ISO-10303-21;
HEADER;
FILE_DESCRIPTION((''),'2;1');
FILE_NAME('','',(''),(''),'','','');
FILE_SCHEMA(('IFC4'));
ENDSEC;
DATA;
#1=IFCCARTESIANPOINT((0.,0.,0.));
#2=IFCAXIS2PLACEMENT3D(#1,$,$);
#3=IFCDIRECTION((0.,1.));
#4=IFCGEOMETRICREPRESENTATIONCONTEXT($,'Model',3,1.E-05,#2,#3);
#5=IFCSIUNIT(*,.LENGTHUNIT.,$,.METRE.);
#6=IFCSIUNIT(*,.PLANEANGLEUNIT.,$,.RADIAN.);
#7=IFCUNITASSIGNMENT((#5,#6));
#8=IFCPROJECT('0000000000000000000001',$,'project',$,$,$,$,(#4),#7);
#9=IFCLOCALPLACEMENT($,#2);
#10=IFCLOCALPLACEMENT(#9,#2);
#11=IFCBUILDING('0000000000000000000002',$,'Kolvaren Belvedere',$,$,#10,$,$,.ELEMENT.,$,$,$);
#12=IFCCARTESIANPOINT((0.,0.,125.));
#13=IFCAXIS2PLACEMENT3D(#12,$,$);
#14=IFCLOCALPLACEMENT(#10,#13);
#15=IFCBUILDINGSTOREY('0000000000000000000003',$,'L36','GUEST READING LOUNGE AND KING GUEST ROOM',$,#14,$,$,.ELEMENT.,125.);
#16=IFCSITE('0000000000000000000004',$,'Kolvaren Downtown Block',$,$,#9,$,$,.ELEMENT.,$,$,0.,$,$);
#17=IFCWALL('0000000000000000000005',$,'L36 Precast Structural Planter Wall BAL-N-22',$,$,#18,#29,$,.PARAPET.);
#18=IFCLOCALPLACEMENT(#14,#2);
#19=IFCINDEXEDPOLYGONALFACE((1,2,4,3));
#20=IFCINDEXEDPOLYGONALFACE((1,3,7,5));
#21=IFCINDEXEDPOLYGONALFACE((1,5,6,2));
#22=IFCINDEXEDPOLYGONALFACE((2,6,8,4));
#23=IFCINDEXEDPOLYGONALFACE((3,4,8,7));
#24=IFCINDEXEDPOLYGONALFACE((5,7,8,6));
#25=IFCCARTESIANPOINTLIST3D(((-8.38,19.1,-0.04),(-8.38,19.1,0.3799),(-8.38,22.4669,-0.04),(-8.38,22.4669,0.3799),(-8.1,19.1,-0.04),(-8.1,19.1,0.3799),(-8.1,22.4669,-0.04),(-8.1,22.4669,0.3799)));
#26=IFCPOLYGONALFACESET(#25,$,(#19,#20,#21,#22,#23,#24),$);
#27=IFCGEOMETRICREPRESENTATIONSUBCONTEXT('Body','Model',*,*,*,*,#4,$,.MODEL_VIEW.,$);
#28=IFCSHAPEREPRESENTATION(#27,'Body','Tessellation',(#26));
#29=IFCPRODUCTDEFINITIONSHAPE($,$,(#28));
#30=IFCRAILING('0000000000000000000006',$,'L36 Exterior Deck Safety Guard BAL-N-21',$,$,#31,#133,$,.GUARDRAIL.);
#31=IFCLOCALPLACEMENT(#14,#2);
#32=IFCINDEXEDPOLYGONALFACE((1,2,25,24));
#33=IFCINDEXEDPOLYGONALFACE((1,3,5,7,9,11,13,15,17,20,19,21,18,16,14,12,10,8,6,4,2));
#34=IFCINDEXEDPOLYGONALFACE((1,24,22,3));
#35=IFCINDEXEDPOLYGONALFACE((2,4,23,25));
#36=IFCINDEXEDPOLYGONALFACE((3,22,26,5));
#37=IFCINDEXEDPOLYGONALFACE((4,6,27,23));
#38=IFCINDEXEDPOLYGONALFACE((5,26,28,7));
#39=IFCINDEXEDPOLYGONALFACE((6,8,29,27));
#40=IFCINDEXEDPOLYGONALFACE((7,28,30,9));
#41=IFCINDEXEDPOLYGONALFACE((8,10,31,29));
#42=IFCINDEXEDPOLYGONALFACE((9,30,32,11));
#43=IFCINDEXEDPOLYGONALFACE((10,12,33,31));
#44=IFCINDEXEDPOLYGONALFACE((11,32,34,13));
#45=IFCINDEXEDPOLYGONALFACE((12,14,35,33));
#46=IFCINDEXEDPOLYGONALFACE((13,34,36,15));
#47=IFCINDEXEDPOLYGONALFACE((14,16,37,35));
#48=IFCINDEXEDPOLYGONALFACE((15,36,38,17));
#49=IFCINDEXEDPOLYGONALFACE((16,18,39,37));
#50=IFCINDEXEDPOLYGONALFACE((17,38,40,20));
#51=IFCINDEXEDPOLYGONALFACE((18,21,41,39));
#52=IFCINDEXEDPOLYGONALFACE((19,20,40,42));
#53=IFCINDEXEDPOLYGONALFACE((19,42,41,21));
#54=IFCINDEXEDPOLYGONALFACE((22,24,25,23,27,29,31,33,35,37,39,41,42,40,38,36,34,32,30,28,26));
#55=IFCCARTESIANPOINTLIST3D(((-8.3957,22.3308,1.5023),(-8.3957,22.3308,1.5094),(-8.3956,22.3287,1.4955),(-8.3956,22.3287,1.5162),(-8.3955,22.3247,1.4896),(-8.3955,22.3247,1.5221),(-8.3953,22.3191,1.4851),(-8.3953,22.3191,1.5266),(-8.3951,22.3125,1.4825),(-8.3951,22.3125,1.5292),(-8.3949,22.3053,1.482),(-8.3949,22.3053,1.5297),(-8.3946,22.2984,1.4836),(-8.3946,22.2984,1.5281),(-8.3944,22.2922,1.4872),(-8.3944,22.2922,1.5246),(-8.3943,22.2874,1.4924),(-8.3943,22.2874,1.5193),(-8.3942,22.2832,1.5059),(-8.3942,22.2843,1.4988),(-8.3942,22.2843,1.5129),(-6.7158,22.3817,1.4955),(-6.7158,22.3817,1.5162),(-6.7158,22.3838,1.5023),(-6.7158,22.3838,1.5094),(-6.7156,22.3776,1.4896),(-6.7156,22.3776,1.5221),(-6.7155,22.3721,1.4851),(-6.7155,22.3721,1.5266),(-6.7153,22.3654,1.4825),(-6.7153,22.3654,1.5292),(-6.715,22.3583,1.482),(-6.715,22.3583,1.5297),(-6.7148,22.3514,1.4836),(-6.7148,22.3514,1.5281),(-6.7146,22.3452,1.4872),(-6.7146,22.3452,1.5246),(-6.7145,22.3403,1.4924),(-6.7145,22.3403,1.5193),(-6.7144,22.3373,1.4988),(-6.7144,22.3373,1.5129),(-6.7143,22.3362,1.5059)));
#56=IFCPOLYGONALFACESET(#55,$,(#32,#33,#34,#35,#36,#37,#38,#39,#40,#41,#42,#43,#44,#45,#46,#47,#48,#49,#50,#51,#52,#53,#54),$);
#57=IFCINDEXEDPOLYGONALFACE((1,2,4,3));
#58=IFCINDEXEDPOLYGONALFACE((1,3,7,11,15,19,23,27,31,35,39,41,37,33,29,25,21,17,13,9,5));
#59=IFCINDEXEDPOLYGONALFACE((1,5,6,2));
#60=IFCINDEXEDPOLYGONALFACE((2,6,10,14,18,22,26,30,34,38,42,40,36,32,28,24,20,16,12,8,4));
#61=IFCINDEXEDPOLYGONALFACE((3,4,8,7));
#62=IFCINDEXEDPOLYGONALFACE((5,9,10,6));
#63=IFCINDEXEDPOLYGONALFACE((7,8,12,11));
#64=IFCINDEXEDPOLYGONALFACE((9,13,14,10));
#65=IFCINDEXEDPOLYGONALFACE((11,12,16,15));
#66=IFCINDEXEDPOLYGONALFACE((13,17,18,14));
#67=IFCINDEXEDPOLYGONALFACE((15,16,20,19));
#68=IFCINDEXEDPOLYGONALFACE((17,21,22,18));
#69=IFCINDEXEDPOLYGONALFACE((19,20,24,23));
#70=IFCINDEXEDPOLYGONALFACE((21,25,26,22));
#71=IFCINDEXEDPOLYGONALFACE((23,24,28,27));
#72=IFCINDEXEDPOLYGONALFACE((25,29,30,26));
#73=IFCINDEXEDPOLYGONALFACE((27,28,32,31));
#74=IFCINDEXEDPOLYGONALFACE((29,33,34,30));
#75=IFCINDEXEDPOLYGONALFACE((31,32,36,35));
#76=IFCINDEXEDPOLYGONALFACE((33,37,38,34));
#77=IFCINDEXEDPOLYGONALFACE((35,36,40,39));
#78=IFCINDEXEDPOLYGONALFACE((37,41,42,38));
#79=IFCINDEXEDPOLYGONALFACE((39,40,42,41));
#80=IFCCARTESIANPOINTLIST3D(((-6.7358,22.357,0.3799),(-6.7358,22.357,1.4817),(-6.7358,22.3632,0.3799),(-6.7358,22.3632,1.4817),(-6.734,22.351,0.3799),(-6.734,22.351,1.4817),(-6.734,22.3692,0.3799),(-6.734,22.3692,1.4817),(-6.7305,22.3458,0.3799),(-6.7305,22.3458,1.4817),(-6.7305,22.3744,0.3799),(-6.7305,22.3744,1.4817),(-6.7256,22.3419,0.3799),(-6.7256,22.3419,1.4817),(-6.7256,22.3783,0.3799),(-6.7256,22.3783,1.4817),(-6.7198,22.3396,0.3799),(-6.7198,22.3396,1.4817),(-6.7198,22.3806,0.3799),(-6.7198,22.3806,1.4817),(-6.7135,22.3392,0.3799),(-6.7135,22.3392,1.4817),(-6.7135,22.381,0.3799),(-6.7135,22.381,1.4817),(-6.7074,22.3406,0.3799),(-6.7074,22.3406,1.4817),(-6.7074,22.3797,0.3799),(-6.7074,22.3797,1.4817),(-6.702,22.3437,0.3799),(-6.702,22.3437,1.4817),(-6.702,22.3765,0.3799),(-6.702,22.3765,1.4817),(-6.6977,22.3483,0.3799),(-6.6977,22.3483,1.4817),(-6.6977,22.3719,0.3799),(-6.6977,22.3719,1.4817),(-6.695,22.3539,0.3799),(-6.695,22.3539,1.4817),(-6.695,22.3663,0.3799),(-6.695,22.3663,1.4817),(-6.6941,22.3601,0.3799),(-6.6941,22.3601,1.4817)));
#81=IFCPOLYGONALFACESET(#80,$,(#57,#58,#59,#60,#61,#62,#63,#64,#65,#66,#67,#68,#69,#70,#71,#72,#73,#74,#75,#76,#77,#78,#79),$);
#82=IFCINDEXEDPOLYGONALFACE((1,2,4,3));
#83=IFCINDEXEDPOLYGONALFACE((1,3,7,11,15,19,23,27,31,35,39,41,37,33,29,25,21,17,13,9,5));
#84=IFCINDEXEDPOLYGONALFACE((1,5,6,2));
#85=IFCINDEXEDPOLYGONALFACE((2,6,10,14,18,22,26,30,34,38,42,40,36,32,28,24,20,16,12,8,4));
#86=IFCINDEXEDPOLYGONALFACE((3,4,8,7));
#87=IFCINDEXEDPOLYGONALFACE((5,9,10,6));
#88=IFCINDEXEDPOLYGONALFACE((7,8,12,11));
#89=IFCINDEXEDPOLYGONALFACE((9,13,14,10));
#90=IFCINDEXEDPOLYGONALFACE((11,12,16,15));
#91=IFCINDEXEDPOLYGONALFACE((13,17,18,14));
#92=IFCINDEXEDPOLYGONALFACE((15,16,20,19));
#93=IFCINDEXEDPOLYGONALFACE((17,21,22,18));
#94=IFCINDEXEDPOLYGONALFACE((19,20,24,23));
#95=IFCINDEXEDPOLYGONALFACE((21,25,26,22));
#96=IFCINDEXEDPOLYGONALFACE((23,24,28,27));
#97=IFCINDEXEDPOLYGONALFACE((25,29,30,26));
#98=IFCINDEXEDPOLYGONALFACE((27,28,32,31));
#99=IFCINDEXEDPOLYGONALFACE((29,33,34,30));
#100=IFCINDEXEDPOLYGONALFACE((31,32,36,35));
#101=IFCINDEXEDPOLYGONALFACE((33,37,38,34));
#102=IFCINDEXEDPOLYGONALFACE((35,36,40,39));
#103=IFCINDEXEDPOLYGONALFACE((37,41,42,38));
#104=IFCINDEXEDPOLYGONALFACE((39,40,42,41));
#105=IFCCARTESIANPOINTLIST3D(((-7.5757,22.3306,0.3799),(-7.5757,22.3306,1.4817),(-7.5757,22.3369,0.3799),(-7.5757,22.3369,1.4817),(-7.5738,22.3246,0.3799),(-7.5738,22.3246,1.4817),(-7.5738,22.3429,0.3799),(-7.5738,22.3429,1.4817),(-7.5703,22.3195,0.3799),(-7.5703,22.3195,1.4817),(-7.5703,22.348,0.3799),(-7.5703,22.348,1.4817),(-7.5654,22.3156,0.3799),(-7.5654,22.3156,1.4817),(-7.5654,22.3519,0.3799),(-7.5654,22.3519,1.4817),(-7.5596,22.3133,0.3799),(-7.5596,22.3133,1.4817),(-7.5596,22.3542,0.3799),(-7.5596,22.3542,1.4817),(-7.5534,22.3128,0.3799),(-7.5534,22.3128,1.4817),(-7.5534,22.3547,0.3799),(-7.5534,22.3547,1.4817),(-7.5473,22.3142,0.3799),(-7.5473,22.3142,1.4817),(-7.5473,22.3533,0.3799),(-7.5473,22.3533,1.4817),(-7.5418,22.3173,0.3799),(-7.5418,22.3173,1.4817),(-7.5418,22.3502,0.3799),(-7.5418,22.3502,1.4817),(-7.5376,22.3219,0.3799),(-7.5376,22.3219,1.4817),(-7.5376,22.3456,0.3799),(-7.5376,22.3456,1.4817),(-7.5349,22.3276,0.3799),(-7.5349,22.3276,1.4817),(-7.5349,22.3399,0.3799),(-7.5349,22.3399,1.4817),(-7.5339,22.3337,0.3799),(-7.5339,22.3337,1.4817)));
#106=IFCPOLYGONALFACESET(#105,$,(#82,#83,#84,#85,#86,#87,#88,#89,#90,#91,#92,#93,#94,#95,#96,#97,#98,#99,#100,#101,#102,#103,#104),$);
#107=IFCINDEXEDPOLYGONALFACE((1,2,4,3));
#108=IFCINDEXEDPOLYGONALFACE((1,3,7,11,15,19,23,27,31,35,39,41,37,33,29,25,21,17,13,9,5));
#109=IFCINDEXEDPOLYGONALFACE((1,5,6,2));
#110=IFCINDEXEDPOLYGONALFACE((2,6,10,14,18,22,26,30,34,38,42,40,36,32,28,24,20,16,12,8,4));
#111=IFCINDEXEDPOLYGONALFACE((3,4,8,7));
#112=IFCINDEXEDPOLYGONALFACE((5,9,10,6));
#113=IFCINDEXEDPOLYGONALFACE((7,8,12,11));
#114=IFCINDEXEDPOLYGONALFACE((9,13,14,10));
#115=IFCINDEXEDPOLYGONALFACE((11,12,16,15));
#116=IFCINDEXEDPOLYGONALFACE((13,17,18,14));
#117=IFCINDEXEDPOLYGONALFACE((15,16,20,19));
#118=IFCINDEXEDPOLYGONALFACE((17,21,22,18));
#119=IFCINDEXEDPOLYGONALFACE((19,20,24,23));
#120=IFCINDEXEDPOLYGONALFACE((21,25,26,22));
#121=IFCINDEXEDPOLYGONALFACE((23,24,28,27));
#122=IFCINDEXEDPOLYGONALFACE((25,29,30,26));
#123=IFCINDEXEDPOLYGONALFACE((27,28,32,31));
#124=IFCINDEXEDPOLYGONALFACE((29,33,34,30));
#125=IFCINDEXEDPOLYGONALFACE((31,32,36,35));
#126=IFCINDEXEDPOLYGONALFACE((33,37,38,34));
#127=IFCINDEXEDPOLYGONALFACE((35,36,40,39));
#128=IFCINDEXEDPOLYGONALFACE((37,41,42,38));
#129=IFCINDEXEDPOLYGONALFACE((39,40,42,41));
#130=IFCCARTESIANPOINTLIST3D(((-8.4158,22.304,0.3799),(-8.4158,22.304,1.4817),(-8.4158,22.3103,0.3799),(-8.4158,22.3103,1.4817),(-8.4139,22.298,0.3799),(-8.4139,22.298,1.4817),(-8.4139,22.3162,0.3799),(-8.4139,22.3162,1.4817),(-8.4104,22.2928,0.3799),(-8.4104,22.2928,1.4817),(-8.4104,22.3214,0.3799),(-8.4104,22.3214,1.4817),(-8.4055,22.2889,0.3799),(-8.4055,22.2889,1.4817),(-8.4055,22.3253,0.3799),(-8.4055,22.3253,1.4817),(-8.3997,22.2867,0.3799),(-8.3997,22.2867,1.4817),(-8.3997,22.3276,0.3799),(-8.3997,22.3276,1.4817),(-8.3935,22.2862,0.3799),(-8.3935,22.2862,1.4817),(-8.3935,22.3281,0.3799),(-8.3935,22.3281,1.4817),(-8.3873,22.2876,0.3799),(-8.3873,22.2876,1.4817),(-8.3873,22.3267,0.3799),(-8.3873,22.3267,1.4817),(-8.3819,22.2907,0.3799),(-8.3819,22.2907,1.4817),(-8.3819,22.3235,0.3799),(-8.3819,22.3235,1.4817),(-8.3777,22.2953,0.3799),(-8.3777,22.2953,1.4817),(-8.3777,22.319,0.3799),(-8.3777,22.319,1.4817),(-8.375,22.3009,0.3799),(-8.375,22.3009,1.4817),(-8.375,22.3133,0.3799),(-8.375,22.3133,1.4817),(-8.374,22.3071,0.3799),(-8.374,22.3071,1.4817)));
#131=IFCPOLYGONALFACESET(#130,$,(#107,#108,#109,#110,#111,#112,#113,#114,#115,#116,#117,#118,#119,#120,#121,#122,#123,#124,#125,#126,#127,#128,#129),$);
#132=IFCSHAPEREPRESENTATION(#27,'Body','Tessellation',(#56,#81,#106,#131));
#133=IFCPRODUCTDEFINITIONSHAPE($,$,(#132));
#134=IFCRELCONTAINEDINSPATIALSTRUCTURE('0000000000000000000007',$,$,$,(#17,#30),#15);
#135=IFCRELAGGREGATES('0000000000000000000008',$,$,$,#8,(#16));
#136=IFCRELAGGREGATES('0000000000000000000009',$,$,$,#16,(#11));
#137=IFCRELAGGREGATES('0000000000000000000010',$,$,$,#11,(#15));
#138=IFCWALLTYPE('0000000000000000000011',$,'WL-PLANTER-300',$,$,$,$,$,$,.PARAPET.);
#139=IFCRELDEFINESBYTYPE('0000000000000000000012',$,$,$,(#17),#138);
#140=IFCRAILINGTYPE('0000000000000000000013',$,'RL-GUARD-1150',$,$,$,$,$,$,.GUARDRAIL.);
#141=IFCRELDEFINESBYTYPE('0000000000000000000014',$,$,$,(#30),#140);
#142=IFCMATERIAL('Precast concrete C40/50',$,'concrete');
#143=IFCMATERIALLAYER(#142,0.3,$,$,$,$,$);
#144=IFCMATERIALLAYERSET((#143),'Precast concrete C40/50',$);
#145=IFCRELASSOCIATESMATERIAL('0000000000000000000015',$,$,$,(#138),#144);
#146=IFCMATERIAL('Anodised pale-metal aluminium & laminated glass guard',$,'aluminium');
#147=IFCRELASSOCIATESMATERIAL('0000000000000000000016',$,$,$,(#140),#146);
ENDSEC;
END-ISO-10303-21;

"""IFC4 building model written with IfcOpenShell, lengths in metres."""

from ifc_helpers import new_model, si_unit, direction, frame, frame_2d, origin, origin_2d, place, context, subcontext, project, spatial, rectangle, circle, extrude, material, layer, layer_set, type_object, element, save


model = new_model("IFC4")

# Units and contexts
model_context = context("Model", 3, precision=1e-05, world=origin(), true_north=direction((0.0, 1.0)))
body_context = subcontext(model_context, "Body", "Model", "MODEL_VIEW")
ifc_project = project(units=[si_unit("LENGTHUNIT", "METRE"), si_unit("PLANEANGLEUNIT", "RADIAN")], contexts=[model_context])

# Site, building, storey
site_placement = place(None, origin())
site = spatial("IfcSite", under=ifc_project, at=site_placement, Name="Kolvaren Downtown Block", CompositionType="ELEMENT", RefElevation=0.0)
building_placement = place(site_placement, origin())
building = spatial("IfcBuilding", under=site, at=building_placement, Name="Kolvaren Belvedere", CompositionType="ELEMENT")
storey_placement = place(building_placement, frame((0.0, 0.0, 125.0)))
storey = spatial("IfcBuildingStorey", under=building, at=storey_placement, Name="L36", Description="GUEST READING LOUNGE AND KING GUEST ROOM", CompositionType="ELEMENT", Elevation=125.0)

# Wall
ifc_material_1 = material(Name="Precast concrete C40/50", Category="concrete")
ifc_layer_1 = layer(ifc_material_1, 0.3)
ifc_layer_set_1 = layer_set([ifc_layer_1], Name="Precast concrete C40/50")
wall_type_1 = type_object("IfcWallType", Name="WL-PLANTER-300", PredefinedType="PARAPET", material=ifc_layer_set_1)
wall_1_placement = place(storey_placement, frame((-8.24, 22.467, -0.04), z_axis=(0.0, 0.0, 1.0), x_axis=(0.0, -1.0, 0.0)))
element("IfcWall", 1, at=wall_1_placement, inside=storey, type_object=wall_type_1, Name="L36 Precast Structural Planter Wall BAL-N-22", PredefinedType="PARAPET", context=body_context, shape_type="SweptSolid", body=[
    extrude(rectangle(XDim=3.3669, YDim=0.28, at=frame_2d((1.6836, 0.0))), origin(), (0.0, 0.0, 1.0), 0.4199),
])

# Railing
ifc_material_2 = material(Name="Anodised pale-metal aluminium & laminated glass guard", Category="aluminium")
railing_type = type_object("IfcRailingType", Name="RL-GUARD-1150", PredefinedType="GUARDRAIL", material=ifc_material_2)
railing_1_placement = place(storey_placement, frame((-6.7151, 22.3601, 0.3799)))
element("IfcRailing", 2, at=railing_1_placement, inside=storey, type_object=railing_type, Name="L36 Exterior Deck Safety Guard BAL-N-21", PredefinedType="GUARDRAIL", context=body_context, shape_type="SweptSolid", body=[
    extrude(circle(Radius=0.0239, at=origin_2d()), frame((0.0, 0.0, 1.126), z_axis=(-0.999503, -0.03152, 0.0), x_axis=(0.03152, -0.999503, 0.0)), (0.0, 0.0, 1.0), 1.6807),
    extrude(circle(Radius=0.021, at=origin_2d()), origin(), (0.0, 0.0, 1.0), 1.1018),
    extrude(circle(Radius=0.021, at=origin_2d()), frame((-0.8398, -0.0264, 0.0)), (0.0, 0.0, 1.0), 1.1018),
    extrude(circle(Radius=0.021, at=origin_2d()), frame((-1.6799, -0.053, 0.0)), (0.0, 0.0, 1.0), 1.1018),
])

save(model, "model.ifc")
